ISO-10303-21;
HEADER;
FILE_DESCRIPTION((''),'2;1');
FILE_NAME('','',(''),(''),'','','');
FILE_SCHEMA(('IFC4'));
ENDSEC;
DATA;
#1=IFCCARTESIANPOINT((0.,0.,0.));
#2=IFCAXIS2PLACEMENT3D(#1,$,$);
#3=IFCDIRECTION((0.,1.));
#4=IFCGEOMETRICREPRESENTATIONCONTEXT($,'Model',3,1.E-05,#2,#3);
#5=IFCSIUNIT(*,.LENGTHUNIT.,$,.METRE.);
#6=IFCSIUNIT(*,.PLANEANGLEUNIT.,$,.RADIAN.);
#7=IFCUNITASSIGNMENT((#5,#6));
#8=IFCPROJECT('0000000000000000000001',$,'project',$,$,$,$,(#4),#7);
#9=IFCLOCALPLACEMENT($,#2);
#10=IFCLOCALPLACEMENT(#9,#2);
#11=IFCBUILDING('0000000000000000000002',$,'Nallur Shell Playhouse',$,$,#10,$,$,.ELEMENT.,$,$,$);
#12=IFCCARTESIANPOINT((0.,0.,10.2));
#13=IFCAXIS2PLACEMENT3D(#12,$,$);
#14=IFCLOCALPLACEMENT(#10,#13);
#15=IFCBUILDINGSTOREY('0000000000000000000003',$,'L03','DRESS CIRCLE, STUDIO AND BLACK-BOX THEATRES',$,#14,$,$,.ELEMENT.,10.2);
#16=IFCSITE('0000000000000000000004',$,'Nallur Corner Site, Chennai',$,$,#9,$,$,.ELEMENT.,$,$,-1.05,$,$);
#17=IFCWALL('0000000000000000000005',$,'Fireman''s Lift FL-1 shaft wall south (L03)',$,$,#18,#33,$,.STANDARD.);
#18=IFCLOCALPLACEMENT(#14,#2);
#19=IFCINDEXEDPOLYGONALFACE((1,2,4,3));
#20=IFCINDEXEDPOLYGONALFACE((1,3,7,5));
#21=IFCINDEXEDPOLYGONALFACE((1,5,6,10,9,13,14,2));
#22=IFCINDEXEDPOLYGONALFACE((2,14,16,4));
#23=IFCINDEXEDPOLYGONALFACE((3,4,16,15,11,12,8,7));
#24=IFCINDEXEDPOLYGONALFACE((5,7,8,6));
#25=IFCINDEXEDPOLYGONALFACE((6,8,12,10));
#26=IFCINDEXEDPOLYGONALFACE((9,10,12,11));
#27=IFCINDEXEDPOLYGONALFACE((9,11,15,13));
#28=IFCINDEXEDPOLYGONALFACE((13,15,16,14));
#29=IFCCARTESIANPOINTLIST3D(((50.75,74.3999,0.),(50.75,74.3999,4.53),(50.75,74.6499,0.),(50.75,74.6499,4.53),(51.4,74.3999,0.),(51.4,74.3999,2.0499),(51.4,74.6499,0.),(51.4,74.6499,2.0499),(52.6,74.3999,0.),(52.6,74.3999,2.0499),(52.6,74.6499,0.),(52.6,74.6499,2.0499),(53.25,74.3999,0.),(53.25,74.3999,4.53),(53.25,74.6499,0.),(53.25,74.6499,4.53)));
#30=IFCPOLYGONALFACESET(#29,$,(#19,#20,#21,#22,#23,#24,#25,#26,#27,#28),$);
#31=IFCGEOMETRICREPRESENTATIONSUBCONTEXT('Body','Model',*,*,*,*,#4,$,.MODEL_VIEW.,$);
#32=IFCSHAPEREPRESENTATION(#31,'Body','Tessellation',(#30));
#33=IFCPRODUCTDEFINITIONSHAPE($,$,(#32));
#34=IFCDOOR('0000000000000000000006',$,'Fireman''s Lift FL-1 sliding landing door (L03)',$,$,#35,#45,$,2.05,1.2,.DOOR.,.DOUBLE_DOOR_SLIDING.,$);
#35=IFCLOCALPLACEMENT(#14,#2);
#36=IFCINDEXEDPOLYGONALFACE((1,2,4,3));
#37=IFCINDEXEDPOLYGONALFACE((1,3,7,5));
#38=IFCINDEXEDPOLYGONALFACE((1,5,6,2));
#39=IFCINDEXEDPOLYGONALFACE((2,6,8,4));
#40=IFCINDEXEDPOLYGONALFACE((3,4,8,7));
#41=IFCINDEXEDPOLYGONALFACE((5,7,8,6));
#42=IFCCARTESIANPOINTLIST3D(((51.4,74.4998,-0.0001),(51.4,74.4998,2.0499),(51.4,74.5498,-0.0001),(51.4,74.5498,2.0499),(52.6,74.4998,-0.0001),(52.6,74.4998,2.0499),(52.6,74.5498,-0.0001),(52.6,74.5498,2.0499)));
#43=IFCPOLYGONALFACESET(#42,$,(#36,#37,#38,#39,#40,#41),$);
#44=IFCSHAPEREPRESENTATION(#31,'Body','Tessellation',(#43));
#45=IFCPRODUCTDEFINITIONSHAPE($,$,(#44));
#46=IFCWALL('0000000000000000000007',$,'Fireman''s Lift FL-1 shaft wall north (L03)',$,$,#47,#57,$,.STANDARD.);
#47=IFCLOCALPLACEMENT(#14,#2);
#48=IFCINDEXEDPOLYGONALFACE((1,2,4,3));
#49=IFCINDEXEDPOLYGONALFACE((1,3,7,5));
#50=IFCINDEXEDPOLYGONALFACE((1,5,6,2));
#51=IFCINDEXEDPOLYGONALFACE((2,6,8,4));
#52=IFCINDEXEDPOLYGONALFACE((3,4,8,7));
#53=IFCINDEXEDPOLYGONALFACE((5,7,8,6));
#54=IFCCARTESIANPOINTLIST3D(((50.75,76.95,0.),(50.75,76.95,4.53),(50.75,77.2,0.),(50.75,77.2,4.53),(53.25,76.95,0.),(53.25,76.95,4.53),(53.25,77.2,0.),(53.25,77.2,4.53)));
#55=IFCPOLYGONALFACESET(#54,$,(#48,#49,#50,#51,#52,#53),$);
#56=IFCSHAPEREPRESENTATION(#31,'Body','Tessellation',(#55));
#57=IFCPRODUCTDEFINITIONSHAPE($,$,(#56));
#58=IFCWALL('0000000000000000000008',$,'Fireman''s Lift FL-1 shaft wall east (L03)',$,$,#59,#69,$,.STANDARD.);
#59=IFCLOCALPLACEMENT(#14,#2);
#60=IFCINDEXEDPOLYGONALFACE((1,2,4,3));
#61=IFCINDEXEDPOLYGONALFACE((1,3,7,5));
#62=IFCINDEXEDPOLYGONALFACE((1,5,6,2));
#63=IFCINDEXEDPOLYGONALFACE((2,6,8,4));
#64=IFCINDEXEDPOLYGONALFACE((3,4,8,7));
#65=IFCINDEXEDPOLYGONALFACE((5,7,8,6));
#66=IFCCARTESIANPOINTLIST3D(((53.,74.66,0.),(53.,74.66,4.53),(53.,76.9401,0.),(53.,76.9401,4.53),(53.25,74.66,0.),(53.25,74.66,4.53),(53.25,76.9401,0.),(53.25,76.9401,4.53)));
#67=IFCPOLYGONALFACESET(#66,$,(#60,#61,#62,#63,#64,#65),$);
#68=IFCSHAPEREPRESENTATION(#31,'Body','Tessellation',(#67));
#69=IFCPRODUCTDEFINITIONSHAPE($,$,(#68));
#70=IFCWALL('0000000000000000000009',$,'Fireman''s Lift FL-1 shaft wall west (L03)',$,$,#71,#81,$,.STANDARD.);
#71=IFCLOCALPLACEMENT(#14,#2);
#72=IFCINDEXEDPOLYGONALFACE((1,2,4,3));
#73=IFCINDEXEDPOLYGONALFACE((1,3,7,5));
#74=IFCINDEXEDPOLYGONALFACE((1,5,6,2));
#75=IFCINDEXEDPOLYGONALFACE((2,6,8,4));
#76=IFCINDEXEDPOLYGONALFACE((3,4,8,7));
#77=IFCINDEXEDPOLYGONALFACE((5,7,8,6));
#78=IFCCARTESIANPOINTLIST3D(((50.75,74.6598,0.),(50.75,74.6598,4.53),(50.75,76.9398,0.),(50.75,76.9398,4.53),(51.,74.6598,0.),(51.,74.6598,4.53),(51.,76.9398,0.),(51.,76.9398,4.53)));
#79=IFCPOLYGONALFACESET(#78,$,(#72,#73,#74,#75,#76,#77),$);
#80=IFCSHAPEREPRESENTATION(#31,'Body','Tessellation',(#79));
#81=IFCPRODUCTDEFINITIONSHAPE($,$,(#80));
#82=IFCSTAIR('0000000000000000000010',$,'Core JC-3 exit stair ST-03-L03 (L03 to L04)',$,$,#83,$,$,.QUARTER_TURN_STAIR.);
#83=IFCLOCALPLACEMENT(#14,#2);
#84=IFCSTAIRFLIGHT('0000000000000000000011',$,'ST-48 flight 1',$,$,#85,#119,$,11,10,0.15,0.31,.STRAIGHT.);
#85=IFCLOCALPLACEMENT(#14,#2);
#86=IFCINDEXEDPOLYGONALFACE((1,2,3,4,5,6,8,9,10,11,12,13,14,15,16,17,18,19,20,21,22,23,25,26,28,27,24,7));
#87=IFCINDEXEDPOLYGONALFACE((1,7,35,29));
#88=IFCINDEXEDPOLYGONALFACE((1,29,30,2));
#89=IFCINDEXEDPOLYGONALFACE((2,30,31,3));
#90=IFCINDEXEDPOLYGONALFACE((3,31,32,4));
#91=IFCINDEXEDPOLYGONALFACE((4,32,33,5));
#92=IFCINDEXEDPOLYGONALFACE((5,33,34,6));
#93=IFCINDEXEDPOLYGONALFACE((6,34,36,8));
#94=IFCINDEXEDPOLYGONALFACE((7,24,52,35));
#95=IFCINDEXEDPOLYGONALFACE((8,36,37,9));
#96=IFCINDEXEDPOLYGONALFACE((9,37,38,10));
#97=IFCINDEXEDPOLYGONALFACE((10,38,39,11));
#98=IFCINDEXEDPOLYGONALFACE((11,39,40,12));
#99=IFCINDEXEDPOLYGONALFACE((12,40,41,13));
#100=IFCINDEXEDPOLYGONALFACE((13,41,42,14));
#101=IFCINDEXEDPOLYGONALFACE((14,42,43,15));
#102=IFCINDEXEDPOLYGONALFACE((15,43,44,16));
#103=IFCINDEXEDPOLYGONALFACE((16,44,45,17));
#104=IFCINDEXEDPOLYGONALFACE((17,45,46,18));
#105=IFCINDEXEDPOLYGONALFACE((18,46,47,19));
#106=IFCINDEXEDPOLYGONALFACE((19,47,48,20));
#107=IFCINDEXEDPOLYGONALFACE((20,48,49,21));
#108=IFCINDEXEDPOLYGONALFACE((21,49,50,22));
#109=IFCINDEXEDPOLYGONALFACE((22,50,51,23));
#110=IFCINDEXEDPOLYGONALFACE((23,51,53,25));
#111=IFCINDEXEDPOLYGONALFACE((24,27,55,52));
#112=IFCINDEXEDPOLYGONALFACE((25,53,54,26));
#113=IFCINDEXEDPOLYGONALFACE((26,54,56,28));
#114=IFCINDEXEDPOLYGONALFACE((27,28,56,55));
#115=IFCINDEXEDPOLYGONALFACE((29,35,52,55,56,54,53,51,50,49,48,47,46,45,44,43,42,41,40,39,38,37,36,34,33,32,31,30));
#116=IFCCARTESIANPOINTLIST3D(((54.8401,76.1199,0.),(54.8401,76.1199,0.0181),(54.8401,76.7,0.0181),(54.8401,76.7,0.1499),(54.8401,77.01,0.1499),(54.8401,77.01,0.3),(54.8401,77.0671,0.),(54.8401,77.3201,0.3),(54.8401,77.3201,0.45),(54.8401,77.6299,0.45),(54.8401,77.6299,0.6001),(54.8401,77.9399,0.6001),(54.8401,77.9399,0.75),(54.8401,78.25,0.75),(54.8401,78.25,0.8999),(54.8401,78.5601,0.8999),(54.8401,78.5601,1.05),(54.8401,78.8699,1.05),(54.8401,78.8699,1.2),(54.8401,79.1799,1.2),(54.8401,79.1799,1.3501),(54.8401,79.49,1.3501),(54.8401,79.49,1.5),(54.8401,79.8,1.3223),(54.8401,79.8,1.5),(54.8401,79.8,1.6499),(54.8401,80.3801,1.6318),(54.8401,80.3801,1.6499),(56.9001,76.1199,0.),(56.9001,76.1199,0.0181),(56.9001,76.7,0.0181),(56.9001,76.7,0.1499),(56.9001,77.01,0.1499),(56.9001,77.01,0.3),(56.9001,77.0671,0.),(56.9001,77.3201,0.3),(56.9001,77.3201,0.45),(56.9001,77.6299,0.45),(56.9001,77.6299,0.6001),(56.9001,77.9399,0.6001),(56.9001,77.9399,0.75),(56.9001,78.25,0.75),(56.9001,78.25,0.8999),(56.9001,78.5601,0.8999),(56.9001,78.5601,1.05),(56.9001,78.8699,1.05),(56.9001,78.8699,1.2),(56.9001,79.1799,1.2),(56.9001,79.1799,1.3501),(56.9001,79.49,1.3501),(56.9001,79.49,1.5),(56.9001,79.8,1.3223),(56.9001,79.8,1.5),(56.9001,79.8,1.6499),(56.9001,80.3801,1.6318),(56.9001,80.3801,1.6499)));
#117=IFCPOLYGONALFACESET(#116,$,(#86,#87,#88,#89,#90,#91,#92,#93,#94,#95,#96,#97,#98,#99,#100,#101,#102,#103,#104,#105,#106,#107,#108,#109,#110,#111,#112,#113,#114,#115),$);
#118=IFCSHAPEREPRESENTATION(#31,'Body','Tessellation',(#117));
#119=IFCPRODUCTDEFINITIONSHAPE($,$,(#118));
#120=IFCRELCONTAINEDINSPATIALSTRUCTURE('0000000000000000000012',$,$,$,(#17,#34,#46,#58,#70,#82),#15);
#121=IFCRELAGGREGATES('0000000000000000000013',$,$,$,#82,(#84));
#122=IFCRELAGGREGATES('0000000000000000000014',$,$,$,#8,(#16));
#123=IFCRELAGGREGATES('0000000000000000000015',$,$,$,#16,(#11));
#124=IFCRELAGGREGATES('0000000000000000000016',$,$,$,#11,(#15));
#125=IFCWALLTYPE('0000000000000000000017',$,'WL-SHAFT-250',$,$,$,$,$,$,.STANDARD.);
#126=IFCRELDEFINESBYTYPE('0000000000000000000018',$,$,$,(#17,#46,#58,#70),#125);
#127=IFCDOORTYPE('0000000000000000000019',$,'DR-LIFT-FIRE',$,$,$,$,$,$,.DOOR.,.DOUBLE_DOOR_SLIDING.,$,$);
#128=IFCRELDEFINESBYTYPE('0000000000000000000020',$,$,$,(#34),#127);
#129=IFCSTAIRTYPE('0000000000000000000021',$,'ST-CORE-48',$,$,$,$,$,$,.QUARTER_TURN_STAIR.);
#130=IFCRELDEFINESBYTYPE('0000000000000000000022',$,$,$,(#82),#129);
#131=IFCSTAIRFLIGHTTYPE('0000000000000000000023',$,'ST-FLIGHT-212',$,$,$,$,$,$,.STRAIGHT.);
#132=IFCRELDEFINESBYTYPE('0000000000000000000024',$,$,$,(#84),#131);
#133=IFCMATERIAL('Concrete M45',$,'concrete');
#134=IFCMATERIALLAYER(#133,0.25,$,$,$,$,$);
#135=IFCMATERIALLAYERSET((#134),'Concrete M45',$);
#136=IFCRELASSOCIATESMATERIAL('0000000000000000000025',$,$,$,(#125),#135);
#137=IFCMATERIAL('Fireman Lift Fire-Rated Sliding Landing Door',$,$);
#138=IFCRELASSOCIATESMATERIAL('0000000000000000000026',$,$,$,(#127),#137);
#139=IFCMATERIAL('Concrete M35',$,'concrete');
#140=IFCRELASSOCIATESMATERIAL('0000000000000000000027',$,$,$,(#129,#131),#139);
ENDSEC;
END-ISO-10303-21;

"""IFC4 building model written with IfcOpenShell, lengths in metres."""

from ifc_helpers import new_model, si_unit, direction, frame, frame_2d, origin, place, context, subcontext, project, spatial, polyline, rectangle, outline, extrude, material, layer, layer_set, type_object, element, fill, aggregate, save


model = new_model("IFC4")

# Units and contexts
model_context = context("Model", 3, precision=1e-05, world=origin(), true_north=direction((0.0, 1.0)))
body_context = subcontext(model_context, "Body", "Model", "MODEL_VIEW")
ifc_project = project(units=[si_unit("LENGTHUNIT", "METRE"), si_unit("PLANEANGLEUNIT", "RADIAN")], contexts=[model_context])

# Site, building, storey
site_placement = place(None, origin())
site = spatial("IfcSite", under=ifc_project, at=site_placement, Name="Nallur Corner Site, Chennai", CompositionType="ELEMENT", RefElevation=-1.05)
building_placement = place(site_placement, origin())
building = spatial("IfcBuilding", under=site, at=building_placement, Name="Nallur Shell Playhouse", CompositionType="ELEMENT")
storey_placement = place(building_placement, frame((0.0, 0.0, 10.2)))
storey = spatial("IfcBuildingStorey", under=building, at=storey_placement, Name="L03", Description="DRESS CIRCLE, STUDIO AND BLACK-BOX THEATRES", CompositionType="ELEMENT", Elevation=10.2)

# Shared definitions
ifc_material_1 = material(Name="Concrete M35", Category="concrete")

# Shared definitions
ifc_material_2 = material(Name="Concrete M45", Category="concrete")

# Wall, opening, door
ifc_layer_1 = layer(ifc_material_2, 0.25)
ifc_layer_set_1 = layer_set([ifc_layer_1], Name="Concrete M45")
wall_type_1 = type_object("IfcWallType", Name="WL-SHAFT-250", PredefinedType="STANDARD", material=ifc_layer_set_1)
wall_1_placement = place(storey_placement, frame((50.75, 74.5249, 0.0), z_axis=(0.0, 0.0, 1.0), x_axis=(1.0, 0.0, 0.0)))
wall_1 = element("IfcWall", 1, at=wall_1_placement, inside=storey, type_object=wall_type_1, Name="Fireman's Lift FL-1 shaft wall south (L03)", PredefinedType="STANDARD", context=body_context, shape_type="SweptSolid", body=[
    extrude(rectangle(XDim=2.5, YDim=0.25, at=frame_2d((1.25, 0.0))), origin(), (0.0, 0.0, 1.0), 4.53),
])
opening_1_placement = place(wall_1_placement, frame((0.6499, 0.0, 0.0)))
opening_1 = element("IfcOpeningElement", 2, at=opening_1_placement, cuts=wall_1, PredefinedType="OPENING", context=body_context, shape_type="SweptSolid", body=[
    extrude(rectangle(XDim=1.2, YDim=2.05, at=frame_2d((0.6001, 1.0249))), frame((0.0, 0.135, 0.0), z_axis=(0.0, -1.0, 0.0), x_axis=(1.0, 0.0, 0.0)), (0.0, 0.0, 1.0), 0.27),
])
ifc_material_3 = material(Name="Fireman Lift Fire-Rated Sliding Landing Door")
door_type_1 = type_object("IfcDoorType", Name="DR-LIFT-FIRE", OperationType="DOUBLE_DOOR_SLIDING", PredefinedType="DOOR", material=ifc_material_3)
door_1_placement = place(opening_1_placement, origin())
door_1 = element("IfcDoor", 3, at=door_1_placement, inside=storey, type_object=door_type_1, Name="Fireman's Lift FL-1 sliding landing door (L03)", OperationType="DOUBLE_DOOR_SLIDING", OverallHeight=2.05, OverallWidth=1.2, PredefinedType="DOOR", context=body_context, shape_type="SweptSolid", body=[
    extrude(rectangle(XDim=1.2, YDim=2.05, at=frame_2d((0.6001, 1.0249))), frame((0.0, 0.0249, 0.0), z_axis=(0.0, -1.0, 0.0), x_axis=(1.0, 0.0, 0.0)), (0.0, 0.0, 1.0), 0.05),
])
fill(opening_1, door_1)

# Walls
wall_2_placement = place(storey_placement, frame((53.25, 77.075, 0.0), z_axis=(0.0, 0.0, 1.0), x_axis=(-1.0, 0.0, 0.0)))
element("IfcWall", 4, at=wall_2_placement, inside=storey, type_object=wall_type_1, Name="Fireman's Lift FL-1 shaft wall north (L03)", PredefinedType="STANDARD", context=body_context, shape_type="SweptSolid", body=[
    extrude(rectangle(XDim=2.5, YDim=0.25, at=frame_2d((1.25, 0.0))), origin(), (0.0, 0.0, 1.0), 4.53),
])
for number, where, z_axis, x_axis, name in (
    (5, (53.125, 74.6599, 0.0), (0.0, 0.0, 1.0), (0.0, 1.0, 0.0), "Fireman's Lift FL-1 shaft wall east (L03)"),
    (6, (50.875, 76.9399, 0.0), (0.0, 0.0, 1.0), (0.0, -1.0, 0.0), "Fireman's Lift FL-1 shaft wall west (L03)"),
):
    element("IfcWall", number, at=place(storey_placement, frame(where, z_axis=z_axis, x_axis=x_axis)), inside=storey, type_object=wall_type_1, Name=name, PredefinedType="STANDARD", context=body_context, shape_type="SweptSolid", body=[
        extrude(rectangle(XDim=2.28, YDim=0.25, at=frame_2d((1.1401, 0.0))), origin(), (0.0, 0.0, 1.0), 4.53),
    ])

# Stair, stair flight
stair_type = type_object("IfcStairType", Name="ST-CORE-48", PredefinedType="QUARTER_TURN_STAIR", material=ifc_material_1)
stair_placement = place(storey_placement, origin())
stair = element("IfcStair", 7, at=stair_placement, inside=storey, type_object=stair_type, Name="Core JC-3 exit stair ST-03-L03 (L03 to L04)", PredefinedType="QUARTER_TURN_STAIR")
stair_flight_type = type_object("IfcStairFlightType", Name="ST-FLIGHT-212", PredefinedType="STRAIGHT", material=ifc_material_1)
stair_flight_placement = place(storey_placement, frame((55.8701, 76.7, 0.0), z_axis=(0.0, 0.0, 1.0), x_axis=(0.0, 1.0, 0.0)))
stair_flight = element("IfcStairFlight", 8, at=stair_flight_placement, type_object=stair_flight_type, Name="ST-48 flight 1", NumberOfRisers=11, NumberOfTreads=10, PredefinedType="STRAIGHT", RiserHeight=0.15, TreadLength=0.31, context=body_context, shape_type="SweptSolid", body=[
    extrude(outline(polyline([(-0.5801, 0.0), (-0.5801, 0.0181), (0.0, 0.0181), (0.0, 0.1499), (0.3101, 0.1499), (0.3101, 0.3), (0.6201, 0.3), (0.6201, 0.45), (0.9299, 0.45), (0.9299, 0.6001), (1.24, 0.6001), (1.24, 0.75), (1.55, 0.75), (1.55, 0.8999), (1.8601, 0.8999), (1.8601, 1.05), (2.1699, 1.05), (2.1699, 1.2), (2.48, 1.2), (2.48, 1.3501), (2.79, 1.3501), (2.79, 1.5), (3.1001, 1.5), (3.1001, 1.6499), (3.6802, 1.6499), (3.6802, 1.6318), (3.1001, 1.3223), (0.3672, 0.0), (-0.5801, 0.0)])), frame((0.0, 1.03, 0.0), z_axis=(0.0, -1.0, 0.0), x_axis=(1.0, 0.0, 0.0)), (0.0, 0.0, 1.0), 2.0601),
])
aggregate(stair, [stair_flight])

save(model, "model.ifc")
